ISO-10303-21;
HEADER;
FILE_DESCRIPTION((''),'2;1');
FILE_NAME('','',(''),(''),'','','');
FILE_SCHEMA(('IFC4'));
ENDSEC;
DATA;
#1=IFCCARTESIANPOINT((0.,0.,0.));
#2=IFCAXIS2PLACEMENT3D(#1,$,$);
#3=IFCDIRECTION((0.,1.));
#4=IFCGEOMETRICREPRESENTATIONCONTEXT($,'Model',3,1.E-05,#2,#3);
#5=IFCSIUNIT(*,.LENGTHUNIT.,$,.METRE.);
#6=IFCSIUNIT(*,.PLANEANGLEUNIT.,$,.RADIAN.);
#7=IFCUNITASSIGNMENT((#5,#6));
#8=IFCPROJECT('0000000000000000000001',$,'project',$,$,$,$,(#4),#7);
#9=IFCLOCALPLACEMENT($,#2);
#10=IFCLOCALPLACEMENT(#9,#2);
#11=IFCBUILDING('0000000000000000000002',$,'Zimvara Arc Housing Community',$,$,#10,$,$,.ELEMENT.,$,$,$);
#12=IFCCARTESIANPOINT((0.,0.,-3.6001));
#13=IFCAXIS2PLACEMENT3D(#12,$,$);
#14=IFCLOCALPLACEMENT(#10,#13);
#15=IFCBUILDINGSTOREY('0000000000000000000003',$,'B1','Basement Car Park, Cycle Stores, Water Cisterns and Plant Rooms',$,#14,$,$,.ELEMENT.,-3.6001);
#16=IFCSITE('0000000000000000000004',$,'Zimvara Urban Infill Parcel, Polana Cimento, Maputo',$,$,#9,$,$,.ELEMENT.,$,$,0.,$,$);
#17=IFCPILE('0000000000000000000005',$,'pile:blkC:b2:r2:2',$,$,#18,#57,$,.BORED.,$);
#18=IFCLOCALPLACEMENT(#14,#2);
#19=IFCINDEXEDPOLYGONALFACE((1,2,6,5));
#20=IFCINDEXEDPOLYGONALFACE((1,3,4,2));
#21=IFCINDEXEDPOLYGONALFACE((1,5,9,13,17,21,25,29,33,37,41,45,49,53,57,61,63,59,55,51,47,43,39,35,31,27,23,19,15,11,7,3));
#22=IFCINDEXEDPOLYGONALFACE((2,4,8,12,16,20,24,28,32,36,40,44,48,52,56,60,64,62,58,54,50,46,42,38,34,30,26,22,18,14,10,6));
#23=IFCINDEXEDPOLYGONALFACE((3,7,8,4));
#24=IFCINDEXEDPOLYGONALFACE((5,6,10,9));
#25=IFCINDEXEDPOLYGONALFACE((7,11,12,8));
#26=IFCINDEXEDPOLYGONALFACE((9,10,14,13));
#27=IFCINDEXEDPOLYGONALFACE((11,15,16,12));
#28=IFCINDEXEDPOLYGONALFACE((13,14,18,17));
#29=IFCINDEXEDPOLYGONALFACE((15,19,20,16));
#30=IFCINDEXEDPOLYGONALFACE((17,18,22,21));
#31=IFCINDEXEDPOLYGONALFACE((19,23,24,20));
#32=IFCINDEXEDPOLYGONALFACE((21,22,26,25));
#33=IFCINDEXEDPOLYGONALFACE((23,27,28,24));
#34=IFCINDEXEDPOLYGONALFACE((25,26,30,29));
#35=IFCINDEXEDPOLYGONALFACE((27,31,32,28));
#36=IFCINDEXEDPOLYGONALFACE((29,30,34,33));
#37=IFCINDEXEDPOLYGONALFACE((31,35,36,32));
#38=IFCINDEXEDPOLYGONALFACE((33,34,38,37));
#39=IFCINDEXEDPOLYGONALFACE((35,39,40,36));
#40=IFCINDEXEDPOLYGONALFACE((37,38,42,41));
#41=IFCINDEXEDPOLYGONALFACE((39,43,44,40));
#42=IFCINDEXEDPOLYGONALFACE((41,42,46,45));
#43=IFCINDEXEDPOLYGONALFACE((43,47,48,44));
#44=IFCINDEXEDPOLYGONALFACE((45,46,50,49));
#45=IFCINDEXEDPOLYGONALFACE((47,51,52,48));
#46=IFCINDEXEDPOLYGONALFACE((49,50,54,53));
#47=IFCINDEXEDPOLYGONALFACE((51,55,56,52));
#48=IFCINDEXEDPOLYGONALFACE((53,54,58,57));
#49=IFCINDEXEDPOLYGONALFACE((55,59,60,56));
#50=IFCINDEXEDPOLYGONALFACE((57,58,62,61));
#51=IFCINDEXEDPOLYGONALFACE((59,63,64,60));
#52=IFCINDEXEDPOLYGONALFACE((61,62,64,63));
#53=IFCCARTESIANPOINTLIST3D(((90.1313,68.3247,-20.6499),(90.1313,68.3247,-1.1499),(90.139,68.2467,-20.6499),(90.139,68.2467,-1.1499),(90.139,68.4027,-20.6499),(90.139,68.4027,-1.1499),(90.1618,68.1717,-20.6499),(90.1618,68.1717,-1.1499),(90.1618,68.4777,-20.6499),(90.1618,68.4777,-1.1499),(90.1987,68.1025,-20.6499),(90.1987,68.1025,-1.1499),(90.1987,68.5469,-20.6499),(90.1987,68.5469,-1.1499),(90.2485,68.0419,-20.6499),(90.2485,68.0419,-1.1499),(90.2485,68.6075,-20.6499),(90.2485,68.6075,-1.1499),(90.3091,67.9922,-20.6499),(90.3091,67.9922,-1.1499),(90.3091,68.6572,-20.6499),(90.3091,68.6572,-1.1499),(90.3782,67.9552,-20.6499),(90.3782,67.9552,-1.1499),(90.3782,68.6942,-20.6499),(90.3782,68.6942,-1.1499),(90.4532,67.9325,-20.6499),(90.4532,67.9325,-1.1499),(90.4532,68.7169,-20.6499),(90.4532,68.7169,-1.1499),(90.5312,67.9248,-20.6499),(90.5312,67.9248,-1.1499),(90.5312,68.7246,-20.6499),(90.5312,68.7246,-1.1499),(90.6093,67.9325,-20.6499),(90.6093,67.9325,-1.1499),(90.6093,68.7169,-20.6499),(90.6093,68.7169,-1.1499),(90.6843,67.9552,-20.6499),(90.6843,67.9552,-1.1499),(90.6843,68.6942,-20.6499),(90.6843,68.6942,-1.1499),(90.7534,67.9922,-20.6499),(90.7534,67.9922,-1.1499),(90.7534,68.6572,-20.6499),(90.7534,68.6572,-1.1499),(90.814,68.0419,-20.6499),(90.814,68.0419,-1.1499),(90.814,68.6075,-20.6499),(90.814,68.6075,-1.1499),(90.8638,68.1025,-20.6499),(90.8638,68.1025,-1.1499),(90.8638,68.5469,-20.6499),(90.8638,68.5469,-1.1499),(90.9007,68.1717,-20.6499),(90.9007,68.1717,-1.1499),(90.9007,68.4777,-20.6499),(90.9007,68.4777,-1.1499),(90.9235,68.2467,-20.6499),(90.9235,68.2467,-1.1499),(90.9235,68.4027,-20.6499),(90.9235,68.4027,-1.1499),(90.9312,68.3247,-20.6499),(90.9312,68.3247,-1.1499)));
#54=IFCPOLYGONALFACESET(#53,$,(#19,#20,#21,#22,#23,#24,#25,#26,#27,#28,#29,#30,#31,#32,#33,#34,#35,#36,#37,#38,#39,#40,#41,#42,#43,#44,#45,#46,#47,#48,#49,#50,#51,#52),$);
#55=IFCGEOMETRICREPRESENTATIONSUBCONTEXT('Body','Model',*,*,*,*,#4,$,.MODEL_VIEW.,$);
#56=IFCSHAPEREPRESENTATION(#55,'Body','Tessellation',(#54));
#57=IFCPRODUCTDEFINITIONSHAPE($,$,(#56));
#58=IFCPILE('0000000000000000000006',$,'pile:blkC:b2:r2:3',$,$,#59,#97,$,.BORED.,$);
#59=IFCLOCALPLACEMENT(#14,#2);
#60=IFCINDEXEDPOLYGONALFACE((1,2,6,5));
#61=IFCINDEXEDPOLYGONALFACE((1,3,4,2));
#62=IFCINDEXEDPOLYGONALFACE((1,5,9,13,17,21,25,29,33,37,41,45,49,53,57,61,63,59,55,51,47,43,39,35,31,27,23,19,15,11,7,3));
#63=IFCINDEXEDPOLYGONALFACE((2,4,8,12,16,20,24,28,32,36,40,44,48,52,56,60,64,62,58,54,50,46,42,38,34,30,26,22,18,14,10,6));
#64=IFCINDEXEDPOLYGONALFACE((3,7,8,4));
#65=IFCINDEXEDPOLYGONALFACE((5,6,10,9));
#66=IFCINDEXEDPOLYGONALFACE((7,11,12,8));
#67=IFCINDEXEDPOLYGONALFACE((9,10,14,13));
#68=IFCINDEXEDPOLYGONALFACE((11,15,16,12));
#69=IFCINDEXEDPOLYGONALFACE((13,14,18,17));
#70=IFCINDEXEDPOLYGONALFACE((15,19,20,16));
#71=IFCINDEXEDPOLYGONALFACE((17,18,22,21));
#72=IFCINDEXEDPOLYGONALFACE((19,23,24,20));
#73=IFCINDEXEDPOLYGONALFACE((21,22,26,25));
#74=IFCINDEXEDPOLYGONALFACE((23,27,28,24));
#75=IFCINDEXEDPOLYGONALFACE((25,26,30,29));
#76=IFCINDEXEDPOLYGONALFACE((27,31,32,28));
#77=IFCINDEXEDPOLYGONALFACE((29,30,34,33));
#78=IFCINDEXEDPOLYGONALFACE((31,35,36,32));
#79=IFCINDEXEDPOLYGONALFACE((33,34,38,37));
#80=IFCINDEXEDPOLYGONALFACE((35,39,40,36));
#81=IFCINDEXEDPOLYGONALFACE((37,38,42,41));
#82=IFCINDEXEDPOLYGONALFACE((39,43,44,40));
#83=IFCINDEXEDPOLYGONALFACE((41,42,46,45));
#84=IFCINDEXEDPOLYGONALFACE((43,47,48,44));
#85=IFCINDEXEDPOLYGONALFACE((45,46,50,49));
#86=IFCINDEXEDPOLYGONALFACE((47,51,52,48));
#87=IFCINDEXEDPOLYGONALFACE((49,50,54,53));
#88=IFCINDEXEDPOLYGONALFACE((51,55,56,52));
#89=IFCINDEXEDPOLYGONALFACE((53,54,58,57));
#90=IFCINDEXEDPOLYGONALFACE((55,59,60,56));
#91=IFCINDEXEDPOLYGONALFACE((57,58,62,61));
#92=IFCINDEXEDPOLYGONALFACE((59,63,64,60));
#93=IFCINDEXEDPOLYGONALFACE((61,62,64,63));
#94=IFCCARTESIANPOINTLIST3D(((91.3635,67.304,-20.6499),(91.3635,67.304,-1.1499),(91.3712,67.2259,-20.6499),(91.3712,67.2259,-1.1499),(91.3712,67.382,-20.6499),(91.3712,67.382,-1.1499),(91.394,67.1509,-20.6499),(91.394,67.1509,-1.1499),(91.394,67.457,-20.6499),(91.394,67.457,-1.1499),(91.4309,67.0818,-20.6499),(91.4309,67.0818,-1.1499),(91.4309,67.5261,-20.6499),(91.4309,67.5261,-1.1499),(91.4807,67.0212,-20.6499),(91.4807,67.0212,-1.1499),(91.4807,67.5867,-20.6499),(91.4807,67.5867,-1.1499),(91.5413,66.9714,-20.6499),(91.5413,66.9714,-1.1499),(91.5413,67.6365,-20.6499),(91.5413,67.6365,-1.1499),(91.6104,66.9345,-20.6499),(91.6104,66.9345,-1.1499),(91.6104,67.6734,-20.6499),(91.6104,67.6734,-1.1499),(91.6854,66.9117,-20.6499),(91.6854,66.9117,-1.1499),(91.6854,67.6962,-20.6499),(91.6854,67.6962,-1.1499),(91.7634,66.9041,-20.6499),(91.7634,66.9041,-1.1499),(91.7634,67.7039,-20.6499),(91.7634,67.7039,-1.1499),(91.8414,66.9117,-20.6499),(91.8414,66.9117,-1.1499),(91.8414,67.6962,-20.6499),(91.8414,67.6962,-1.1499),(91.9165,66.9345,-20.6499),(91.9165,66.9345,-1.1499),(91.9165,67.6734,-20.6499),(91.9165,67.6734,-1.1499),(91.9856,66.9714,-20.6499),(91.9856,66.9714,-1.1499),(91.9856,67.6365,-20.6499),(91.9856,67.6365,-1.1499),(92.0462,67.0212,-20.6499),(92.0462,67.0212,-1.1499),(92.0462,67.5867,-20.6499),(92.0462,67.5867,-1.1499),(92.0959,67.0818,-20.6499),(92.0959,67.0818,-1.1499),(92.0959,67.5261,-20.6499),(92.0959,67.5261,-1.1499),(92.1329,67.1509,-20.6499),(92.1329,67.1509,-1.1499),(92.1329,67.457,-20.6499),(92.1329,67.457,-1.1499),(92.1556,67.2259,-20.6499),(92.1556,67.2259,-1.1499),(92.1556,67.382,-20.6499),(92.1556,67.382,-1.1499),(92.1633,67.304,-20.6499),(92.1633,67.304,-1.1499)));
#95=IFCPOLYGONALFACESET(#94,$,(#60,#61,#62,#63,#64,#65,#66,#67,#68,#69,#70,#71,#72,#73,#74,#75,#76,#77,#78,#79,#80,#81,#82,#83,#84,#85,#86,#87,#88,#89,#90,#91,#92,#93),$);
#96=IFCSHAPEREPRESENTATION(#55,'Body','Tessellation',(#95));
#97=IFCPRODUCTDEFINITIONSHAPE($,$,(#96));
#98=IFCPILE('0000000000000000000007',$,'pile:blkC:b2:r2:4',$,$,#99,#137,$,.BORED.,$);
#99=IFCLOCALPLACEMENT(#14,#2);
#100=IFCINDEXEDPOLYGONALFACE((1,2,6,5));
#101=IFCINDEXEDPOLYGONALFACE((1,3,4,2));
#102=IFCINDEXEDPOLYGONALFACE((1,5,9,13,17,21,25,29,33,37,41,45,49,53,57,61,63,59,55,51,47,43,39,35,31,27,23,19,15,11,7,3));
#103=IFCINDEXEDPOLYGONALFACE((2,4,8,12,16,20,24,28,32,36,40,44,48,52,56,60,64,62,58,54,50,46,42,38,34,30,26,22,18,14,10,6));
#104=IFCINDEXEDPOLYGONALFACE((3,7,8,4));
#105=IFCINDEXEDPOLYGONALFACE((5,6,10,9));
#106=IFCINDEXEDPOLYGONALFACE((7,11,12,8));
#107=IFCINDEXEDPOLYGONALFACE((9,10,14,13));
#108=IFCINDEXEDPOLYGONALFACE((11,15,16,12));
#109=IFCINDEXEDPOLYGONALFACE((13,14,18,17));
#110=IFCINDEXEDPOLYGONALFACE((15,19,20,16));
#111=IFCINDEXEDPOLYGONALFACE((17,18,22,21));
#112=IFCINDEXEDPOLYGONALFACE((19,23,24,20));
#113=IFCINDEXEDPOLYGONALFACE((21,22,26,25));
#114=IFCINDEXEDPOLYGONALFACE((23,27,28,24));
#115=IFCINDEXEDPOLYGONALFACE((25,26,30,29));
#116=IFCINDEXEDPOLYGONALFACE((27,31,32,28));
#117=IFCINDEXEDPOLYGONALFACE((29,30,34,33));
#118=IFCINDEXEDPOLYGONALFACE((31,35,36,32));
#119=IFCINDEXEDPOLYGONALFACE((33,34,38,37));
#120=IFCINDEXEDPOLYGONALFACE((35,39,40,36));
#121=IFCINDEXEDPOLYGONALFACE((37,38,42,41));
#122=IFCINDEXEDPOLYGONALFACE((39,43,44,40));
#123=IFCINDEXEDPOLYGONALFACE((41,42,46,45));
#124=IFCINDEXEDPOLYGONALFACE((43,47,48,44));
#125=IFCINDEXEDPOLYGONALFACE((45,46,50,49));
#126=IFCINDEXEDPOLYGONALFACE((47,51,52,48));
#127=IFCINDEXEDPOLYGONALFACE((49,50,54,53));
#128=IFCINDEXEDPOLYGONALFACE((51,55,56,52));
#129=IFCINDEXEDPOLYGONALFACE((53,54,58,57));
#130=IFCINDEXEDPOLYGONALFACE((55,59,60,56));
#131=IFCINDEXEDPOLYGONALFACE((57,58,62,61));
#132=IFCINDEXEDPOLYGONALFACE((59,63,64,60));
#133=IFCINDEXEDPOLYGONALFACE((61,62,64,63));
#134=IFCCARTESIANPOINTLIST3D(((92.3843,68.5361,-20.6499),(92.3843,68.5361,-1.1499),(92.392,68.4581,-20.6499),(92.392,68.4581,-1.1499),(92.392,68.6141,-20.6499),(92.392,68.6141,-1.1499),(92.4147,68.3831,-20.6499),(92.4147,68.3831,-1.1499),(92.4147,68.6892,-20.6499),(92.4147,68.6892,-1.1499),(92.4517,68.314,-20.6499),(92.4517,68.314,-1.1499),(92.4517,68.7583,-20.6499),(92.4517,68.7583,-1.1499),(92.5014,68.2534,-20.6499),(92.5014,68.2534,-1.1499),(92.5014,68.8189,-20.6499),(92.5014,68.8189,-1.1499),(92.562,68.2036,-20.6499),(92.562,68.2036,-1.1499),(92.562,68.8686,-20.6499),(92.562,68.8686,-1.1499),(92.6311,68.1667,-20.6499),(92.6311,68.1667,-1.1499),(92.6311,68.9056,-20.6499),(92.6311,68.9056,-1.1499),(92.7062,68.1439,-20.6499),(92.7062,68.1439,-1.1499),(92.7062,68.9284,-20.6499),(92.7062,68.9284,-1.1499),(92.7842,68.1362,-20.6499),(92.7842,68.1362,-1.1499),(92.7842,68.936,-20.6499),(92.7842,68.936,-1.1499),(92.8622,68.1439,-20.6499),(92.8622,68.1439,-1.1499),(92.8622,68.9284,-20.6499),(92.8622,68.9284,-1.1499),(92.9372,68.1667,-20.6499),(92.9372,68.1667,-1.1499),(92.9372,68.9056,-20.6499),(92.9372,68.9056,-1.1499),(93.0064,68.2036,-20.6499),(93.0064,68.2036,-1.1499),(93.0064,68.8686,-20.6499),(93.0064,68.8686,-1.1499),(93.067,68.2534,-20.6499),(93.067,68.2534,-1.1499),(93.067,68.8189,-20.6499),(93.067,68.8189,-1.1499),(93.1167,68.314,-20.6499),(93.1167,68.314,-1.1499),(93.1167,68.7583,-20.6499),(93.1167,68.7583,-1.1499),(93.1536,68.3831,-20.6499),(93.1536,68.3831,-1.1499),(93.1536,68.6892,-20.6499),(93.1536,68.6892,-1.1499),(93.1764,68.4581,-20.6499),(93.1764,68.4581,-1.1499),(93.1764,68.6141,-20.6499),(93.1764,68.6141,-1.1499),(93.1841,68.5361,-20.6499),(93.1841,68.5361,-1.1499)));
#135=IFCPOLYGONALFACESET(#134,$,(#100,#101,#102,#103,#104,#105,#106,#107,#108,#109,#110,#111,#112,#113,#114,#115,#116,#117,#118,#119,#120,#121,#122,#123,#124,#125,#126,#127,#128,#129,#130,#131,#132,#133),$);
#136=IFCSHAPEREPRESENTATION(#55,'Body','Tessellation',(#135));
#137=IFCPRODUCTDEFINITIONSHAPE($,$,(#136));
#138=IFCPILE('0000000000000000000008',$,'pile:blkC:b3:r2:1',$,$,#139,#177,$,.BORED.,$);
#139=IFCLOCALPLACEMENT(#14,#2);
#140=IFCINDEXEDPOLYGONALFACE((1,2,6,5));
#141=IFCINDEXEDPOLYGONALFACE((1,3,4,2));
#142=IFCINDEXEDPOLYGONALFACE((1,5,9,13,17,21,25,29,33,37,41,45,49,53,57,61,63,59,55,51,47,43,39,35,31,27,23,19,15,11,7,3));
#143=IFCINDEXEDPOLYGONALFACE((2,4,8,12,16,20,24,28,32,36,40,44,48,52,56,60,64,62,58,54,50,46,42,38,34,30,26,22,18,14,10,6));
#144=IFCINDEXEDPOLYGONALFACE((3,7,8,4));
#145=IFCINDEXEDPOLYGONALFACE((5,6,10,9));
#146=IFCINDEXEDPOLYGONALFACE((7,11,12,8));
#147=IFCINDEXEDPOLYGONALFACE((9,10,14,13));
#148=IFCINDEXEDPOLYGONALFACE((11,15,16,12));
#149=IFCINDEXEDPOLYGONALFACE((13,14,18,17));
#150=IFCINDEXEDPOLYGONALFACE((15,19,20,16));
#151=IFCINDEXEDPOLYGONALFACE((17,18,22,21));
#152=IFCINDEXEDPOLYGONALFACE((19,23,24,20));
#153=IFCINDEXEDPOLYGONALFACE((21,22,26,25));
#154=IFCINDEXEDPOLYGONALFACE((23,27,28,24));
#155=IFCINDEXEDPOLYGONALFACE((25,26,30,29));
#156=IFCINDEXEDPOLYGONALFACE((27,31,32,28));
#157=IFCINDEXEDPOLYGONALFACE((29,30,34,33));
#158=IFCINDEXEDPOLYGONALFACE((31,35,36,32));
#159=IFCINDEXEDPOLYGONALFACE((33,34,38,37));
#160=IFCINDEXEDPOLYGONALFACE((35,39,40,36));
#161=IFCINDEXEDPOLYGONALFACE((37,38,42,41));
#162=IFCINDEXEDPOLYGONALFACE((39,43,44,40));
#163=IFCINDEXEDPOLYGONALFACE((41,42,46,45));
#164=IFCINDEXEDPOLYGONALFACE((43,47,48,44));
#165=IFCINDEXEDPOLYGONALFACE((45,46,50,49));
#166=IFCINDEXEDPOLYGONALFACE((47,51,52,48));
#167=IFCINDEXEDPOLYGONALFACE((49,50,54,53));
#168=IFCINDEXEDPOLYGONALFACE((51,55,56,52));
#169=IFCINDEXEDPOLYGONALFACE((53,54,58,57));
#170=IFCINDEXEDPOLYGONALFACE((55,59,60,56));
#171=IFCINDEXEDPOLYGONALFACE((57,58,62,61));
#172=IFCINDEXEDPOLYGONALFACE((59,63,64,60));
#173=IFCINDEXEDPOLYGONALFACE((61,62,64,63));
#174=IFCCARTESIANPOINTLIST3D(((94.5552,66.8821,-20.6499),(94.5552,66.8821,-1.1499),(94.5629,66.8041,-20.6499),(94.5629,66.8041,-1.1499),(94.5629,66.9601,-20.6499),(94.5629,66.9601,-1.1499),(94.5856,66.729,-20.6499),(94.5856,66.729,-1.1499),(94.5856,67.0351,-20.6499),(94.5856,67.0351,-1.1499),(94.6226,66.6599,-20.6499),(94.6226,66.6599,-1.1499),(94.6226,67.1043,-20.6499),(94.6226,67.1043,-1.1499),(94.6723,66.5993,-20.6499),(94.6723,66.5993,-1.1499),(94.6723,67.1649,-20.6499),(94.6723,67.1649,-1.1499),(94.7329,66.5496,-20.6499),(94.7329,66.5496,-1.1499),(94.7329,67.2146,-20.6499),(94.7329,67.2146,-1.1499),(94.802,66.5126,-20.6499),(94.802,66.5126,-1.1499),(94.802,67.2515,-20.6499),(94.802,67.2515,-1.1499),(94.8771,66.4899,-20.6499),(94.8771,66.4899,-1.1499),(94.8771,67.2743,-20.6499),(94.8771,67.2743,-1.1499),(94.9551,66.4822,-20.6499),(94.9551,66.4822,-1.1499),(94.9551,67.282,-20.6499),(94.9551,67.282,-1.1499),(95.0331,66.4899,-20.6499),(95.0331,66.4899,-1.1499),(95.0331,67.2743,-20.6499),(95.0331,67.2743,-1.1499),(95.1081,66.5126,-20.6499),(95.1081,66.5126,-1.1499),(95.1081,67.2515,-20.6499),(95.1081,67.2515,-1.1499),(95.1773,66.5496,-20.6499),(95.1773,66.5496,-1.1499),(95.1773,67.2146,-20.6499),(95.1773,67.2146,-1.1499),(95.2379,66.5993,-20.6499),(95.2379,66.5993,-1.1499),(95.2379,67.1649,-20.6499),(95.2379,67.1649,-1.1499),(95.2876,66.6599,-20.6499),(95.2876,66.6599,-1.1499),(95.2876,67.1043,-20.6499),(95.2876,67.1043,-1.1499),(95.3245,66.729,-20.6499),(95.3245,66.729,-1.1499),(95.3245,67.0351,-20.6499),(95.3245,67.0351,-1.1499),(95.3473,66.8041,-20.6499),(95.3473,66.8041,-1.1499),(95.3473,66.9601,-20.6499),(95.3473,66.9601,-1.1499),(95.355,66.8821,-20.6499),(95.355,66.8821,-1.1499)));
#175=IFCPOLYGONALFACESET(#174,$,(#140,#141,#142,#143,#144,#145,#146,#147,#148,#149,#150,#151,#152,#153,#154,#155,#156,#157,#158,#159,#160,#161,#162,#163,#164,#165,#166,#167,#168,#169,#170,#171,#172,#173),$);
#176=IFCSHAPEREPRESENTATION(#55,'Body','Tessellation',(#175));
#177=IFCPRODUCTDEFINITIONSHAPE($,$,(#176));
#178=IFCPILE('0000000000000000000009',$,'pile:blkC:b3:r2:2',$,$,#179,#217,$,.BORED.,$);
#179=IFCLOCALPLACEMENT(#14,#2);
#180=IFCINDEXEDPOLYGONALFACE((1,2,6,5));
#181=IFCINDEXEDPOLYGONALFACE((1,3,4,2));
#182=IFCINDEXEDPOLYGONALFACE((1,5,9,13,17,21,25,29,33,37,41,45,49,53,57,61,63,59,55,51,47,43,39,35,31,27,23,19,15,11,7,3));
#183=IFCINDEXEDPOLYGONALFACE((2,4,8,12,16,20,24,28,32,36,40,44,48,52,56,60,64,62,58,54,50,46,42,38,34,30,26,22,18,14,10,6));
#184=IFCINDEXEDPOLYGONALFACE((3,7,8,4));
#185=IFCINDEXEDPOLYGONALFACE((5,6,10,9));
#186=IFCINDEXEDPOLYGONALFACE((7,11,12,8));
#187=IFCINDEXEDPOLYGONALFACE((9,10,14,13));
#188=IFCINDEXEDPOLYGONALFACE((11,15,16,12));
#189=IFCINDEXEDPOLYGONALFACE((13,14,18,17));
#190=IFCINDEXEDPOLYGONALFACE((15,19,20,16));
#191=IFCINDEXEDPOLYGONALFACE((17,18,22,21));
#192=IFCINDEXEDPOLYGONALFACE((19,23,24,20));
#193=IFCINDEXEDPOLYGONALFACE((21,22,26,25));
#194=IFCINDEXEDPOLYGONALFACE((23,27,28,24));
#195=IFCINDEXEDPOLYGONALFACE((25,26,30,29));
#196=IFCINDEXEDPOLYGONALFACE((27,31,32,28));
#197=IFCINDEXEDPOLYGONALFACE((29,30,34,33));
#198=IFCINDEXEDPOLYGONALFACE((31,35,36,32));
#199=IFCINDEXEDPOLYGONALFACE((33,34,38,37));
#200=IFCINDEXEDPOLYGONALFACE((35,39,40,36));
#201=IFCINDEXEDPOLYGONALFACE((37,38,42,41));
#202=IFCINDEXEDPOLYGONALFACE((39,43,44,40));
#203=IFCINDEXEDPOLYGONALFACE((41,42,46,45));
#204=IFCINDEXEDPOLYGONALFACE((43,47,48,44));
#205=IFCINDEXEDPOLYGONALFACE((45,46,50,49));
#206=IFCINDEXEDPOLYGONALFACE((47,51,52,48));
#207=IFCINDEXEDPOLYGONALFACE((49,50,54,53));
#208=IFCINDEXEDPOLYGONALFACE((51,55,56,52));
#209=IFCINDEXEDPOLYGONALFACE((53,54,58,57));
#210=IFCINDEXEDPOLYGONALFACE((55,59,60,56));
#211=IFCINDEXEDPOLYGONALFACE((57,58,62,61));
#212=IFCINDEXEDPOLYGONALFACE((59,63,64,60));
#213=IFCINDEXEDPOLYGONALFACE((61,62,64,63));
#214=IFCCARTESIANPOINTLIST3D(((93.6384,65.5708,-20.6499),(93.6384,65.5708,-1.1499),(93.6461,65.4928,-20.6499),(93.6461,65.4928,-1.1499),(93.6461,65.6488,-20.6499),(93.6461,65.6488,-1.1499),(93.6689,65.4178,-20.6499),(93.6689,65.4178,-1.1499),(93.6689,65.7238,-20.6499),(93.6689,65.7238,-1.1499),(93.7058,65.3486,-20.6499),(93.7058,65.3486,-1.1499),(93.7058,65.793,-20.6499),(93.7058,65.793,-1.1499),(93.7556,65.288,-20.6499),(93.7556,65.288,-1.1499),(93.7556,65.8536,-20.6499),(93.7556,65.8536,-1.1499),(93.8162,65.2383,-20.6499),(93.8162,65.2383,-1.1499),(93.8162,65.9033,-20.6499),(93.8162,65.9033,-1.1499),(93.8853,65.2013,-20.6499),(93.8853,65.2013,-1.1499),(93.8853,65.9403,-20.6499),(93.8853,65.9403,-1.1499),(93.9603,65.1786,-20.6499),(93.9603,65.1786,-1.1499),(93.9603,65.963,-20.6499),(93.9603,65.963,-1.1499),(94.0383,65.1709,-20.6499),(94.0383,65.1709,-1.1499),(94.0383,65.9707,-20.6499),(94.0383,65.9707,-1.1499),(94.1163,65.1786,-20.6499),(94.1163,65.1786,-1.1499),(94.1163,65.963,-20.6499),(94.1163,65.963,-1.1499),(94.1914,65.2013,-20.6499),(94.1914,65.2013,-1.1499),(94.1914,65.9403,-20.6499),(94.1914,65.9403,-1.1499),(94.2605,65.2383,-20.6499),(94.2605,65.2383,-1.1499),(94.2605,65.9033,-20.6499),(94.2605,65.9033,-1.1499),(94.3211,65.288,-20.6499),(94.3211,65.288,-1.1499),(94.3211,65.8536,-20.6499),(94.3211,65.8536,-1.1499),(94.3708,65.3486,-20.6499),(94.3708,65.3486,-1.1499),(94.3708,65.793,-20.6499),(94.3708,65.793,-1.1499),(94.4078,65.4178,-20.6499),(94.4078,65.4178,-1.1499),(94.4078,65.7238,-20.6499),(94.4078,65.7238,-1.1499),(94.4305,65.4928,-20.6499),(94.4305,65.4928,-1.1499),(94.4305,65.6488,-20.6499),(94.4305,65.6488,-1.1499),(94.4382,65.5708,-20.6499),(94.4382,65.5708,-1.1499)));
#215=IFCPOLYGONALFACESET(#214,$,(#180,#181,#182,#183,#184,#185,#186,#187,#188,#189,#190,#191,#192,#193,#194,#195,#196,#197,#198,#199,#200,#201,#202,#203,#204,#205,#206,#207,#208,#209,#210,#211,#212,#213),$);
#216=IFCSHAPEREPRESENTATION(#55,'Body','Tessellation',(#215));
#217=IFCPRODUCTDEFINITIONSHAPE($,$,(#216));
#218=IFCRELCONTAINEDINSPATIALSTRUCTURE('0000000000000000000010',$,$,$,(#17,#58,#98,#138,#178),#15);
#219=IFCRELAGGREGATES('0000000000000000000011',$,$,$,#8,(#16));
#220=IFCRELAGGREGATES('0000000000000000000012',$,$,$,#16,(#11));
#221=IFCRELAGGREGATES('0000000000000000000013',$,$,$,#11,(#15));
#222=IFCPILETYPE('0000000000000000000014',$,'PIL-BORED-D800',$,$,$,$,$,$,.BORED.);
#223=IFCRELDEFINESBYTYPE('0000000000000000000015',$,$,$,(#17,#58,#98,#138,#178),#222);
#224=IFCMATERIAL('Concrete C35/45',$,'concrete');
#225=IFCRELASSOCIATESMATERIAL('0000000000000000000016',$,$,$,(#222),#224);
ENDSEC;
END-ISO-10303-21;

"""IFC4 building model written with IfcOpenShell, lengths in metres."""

from ifc_helpers import new_model, si_unit, direction, frame, origin, origin_2d, place, context, subcontext, project, spatial, circle, extrude, material, material_profile, profile_set, type_object, element, save


model = new_model("IFC4")

# Units and contexts
model_context = context("Model", 3, precision=1e-05, world=origin(), true_north=direction((0.0, 1.0)))
body_context = subcontext(model_context, "Body", "Model", "MODEL_VIEW")
ifc_project = project(units=[si_unit("LENGTHUNIT", "METRE"), si_unit("PLANEANGLEUNIT", "RADIAN")], contexts=[model_context])

# Site, building, storey
site_placement = place(None, origin())
site = spatial("IfcSite", under=ifc_project, at=site_placement, Name="Zimvara Urban Infill Parcel, Polana Cimento, Maputo", CompositionType="ELEMENT", RefElevation=0.0)
building_placement = place(site_placement, origin())
building = spatial("IfcBuilding", under=site, at=building_placement, Name="Zimvara Arc Housing Community", CompositionType="ELEMENT")
storey_placement = place(building_placement, frame((0.0, 0.0, -3.6001)))
storey = spatial("IfcBuildingStorey", under=building, at=storey_placement, Name="B1", Description="Basement Car Park, Cycle Stores, Water Cisterns and Plant Rooms", CompositionType="ELEMENT", Elevation=-3.6001)

# Piles
ifc_material_1 = material(Name="Concrete C35/45", Category="concrete")
ifc_material_profile_1 = material_profile(ifc_material_1, circle(Radius=0.3999, at=origin_2d()), Name="PILE D800")
ifc_profile_set_1 = profile_set([ifc_material_profile_1], Name="Concrete C35/45")
pile_type_1 = type_object("IfcPileType", Name="PIL-BORED-D800", PredefinedType="BORED", material=ifc_profile_set_1)
for number, where, z_axis, x_axis, name in (
    (1, (90.5312, 68.3247, -1.1499), (0.0, 0.0, -1.0), (1.0, 0.0, 0.0), "pile:blkC:b2:r2:2"),
    (2, (91.7634, 67.304, -1.1499), (0.0, 0.0, -1.0), (1.0, 0.0, 0.0), "pile:blkC:b2:r2:3"),
    (3, (92.7842, 68.5361, -1.1499), (0.0, 0.0, -1.0), (1.0, 0.0, 0.0), "pile:blkC:b2:r2:4"),
    (4, (94.9551, 66.8821, -1.1499), (0.0, 0.0, -1.0), (1.0, 0.0, 0.0), "pile:blkC:b3:r2:1"),
    (5, (94.0383, 65.5708, -1.1499), (0.0, 0.0, -1.0), (1.0, 0.0, 0.0), "pile:blkC:b3:r2:2"),
):
    element("IfcPile", number, at=place(storey_placement, frame(where, z_axis=z_axis, x_axis=x_axis)), inside=storey, type_object=pile_type_1, Name=name, PredefinedType="BORED", context=body_context, shape_type="SweptSolid", body=[
        extrude(circle(Radius=0.3999, at=origin_2d()), origin(), (0.0, 0.0, 1.0), 19.5),
    ])

save(model, "model.ifc")
